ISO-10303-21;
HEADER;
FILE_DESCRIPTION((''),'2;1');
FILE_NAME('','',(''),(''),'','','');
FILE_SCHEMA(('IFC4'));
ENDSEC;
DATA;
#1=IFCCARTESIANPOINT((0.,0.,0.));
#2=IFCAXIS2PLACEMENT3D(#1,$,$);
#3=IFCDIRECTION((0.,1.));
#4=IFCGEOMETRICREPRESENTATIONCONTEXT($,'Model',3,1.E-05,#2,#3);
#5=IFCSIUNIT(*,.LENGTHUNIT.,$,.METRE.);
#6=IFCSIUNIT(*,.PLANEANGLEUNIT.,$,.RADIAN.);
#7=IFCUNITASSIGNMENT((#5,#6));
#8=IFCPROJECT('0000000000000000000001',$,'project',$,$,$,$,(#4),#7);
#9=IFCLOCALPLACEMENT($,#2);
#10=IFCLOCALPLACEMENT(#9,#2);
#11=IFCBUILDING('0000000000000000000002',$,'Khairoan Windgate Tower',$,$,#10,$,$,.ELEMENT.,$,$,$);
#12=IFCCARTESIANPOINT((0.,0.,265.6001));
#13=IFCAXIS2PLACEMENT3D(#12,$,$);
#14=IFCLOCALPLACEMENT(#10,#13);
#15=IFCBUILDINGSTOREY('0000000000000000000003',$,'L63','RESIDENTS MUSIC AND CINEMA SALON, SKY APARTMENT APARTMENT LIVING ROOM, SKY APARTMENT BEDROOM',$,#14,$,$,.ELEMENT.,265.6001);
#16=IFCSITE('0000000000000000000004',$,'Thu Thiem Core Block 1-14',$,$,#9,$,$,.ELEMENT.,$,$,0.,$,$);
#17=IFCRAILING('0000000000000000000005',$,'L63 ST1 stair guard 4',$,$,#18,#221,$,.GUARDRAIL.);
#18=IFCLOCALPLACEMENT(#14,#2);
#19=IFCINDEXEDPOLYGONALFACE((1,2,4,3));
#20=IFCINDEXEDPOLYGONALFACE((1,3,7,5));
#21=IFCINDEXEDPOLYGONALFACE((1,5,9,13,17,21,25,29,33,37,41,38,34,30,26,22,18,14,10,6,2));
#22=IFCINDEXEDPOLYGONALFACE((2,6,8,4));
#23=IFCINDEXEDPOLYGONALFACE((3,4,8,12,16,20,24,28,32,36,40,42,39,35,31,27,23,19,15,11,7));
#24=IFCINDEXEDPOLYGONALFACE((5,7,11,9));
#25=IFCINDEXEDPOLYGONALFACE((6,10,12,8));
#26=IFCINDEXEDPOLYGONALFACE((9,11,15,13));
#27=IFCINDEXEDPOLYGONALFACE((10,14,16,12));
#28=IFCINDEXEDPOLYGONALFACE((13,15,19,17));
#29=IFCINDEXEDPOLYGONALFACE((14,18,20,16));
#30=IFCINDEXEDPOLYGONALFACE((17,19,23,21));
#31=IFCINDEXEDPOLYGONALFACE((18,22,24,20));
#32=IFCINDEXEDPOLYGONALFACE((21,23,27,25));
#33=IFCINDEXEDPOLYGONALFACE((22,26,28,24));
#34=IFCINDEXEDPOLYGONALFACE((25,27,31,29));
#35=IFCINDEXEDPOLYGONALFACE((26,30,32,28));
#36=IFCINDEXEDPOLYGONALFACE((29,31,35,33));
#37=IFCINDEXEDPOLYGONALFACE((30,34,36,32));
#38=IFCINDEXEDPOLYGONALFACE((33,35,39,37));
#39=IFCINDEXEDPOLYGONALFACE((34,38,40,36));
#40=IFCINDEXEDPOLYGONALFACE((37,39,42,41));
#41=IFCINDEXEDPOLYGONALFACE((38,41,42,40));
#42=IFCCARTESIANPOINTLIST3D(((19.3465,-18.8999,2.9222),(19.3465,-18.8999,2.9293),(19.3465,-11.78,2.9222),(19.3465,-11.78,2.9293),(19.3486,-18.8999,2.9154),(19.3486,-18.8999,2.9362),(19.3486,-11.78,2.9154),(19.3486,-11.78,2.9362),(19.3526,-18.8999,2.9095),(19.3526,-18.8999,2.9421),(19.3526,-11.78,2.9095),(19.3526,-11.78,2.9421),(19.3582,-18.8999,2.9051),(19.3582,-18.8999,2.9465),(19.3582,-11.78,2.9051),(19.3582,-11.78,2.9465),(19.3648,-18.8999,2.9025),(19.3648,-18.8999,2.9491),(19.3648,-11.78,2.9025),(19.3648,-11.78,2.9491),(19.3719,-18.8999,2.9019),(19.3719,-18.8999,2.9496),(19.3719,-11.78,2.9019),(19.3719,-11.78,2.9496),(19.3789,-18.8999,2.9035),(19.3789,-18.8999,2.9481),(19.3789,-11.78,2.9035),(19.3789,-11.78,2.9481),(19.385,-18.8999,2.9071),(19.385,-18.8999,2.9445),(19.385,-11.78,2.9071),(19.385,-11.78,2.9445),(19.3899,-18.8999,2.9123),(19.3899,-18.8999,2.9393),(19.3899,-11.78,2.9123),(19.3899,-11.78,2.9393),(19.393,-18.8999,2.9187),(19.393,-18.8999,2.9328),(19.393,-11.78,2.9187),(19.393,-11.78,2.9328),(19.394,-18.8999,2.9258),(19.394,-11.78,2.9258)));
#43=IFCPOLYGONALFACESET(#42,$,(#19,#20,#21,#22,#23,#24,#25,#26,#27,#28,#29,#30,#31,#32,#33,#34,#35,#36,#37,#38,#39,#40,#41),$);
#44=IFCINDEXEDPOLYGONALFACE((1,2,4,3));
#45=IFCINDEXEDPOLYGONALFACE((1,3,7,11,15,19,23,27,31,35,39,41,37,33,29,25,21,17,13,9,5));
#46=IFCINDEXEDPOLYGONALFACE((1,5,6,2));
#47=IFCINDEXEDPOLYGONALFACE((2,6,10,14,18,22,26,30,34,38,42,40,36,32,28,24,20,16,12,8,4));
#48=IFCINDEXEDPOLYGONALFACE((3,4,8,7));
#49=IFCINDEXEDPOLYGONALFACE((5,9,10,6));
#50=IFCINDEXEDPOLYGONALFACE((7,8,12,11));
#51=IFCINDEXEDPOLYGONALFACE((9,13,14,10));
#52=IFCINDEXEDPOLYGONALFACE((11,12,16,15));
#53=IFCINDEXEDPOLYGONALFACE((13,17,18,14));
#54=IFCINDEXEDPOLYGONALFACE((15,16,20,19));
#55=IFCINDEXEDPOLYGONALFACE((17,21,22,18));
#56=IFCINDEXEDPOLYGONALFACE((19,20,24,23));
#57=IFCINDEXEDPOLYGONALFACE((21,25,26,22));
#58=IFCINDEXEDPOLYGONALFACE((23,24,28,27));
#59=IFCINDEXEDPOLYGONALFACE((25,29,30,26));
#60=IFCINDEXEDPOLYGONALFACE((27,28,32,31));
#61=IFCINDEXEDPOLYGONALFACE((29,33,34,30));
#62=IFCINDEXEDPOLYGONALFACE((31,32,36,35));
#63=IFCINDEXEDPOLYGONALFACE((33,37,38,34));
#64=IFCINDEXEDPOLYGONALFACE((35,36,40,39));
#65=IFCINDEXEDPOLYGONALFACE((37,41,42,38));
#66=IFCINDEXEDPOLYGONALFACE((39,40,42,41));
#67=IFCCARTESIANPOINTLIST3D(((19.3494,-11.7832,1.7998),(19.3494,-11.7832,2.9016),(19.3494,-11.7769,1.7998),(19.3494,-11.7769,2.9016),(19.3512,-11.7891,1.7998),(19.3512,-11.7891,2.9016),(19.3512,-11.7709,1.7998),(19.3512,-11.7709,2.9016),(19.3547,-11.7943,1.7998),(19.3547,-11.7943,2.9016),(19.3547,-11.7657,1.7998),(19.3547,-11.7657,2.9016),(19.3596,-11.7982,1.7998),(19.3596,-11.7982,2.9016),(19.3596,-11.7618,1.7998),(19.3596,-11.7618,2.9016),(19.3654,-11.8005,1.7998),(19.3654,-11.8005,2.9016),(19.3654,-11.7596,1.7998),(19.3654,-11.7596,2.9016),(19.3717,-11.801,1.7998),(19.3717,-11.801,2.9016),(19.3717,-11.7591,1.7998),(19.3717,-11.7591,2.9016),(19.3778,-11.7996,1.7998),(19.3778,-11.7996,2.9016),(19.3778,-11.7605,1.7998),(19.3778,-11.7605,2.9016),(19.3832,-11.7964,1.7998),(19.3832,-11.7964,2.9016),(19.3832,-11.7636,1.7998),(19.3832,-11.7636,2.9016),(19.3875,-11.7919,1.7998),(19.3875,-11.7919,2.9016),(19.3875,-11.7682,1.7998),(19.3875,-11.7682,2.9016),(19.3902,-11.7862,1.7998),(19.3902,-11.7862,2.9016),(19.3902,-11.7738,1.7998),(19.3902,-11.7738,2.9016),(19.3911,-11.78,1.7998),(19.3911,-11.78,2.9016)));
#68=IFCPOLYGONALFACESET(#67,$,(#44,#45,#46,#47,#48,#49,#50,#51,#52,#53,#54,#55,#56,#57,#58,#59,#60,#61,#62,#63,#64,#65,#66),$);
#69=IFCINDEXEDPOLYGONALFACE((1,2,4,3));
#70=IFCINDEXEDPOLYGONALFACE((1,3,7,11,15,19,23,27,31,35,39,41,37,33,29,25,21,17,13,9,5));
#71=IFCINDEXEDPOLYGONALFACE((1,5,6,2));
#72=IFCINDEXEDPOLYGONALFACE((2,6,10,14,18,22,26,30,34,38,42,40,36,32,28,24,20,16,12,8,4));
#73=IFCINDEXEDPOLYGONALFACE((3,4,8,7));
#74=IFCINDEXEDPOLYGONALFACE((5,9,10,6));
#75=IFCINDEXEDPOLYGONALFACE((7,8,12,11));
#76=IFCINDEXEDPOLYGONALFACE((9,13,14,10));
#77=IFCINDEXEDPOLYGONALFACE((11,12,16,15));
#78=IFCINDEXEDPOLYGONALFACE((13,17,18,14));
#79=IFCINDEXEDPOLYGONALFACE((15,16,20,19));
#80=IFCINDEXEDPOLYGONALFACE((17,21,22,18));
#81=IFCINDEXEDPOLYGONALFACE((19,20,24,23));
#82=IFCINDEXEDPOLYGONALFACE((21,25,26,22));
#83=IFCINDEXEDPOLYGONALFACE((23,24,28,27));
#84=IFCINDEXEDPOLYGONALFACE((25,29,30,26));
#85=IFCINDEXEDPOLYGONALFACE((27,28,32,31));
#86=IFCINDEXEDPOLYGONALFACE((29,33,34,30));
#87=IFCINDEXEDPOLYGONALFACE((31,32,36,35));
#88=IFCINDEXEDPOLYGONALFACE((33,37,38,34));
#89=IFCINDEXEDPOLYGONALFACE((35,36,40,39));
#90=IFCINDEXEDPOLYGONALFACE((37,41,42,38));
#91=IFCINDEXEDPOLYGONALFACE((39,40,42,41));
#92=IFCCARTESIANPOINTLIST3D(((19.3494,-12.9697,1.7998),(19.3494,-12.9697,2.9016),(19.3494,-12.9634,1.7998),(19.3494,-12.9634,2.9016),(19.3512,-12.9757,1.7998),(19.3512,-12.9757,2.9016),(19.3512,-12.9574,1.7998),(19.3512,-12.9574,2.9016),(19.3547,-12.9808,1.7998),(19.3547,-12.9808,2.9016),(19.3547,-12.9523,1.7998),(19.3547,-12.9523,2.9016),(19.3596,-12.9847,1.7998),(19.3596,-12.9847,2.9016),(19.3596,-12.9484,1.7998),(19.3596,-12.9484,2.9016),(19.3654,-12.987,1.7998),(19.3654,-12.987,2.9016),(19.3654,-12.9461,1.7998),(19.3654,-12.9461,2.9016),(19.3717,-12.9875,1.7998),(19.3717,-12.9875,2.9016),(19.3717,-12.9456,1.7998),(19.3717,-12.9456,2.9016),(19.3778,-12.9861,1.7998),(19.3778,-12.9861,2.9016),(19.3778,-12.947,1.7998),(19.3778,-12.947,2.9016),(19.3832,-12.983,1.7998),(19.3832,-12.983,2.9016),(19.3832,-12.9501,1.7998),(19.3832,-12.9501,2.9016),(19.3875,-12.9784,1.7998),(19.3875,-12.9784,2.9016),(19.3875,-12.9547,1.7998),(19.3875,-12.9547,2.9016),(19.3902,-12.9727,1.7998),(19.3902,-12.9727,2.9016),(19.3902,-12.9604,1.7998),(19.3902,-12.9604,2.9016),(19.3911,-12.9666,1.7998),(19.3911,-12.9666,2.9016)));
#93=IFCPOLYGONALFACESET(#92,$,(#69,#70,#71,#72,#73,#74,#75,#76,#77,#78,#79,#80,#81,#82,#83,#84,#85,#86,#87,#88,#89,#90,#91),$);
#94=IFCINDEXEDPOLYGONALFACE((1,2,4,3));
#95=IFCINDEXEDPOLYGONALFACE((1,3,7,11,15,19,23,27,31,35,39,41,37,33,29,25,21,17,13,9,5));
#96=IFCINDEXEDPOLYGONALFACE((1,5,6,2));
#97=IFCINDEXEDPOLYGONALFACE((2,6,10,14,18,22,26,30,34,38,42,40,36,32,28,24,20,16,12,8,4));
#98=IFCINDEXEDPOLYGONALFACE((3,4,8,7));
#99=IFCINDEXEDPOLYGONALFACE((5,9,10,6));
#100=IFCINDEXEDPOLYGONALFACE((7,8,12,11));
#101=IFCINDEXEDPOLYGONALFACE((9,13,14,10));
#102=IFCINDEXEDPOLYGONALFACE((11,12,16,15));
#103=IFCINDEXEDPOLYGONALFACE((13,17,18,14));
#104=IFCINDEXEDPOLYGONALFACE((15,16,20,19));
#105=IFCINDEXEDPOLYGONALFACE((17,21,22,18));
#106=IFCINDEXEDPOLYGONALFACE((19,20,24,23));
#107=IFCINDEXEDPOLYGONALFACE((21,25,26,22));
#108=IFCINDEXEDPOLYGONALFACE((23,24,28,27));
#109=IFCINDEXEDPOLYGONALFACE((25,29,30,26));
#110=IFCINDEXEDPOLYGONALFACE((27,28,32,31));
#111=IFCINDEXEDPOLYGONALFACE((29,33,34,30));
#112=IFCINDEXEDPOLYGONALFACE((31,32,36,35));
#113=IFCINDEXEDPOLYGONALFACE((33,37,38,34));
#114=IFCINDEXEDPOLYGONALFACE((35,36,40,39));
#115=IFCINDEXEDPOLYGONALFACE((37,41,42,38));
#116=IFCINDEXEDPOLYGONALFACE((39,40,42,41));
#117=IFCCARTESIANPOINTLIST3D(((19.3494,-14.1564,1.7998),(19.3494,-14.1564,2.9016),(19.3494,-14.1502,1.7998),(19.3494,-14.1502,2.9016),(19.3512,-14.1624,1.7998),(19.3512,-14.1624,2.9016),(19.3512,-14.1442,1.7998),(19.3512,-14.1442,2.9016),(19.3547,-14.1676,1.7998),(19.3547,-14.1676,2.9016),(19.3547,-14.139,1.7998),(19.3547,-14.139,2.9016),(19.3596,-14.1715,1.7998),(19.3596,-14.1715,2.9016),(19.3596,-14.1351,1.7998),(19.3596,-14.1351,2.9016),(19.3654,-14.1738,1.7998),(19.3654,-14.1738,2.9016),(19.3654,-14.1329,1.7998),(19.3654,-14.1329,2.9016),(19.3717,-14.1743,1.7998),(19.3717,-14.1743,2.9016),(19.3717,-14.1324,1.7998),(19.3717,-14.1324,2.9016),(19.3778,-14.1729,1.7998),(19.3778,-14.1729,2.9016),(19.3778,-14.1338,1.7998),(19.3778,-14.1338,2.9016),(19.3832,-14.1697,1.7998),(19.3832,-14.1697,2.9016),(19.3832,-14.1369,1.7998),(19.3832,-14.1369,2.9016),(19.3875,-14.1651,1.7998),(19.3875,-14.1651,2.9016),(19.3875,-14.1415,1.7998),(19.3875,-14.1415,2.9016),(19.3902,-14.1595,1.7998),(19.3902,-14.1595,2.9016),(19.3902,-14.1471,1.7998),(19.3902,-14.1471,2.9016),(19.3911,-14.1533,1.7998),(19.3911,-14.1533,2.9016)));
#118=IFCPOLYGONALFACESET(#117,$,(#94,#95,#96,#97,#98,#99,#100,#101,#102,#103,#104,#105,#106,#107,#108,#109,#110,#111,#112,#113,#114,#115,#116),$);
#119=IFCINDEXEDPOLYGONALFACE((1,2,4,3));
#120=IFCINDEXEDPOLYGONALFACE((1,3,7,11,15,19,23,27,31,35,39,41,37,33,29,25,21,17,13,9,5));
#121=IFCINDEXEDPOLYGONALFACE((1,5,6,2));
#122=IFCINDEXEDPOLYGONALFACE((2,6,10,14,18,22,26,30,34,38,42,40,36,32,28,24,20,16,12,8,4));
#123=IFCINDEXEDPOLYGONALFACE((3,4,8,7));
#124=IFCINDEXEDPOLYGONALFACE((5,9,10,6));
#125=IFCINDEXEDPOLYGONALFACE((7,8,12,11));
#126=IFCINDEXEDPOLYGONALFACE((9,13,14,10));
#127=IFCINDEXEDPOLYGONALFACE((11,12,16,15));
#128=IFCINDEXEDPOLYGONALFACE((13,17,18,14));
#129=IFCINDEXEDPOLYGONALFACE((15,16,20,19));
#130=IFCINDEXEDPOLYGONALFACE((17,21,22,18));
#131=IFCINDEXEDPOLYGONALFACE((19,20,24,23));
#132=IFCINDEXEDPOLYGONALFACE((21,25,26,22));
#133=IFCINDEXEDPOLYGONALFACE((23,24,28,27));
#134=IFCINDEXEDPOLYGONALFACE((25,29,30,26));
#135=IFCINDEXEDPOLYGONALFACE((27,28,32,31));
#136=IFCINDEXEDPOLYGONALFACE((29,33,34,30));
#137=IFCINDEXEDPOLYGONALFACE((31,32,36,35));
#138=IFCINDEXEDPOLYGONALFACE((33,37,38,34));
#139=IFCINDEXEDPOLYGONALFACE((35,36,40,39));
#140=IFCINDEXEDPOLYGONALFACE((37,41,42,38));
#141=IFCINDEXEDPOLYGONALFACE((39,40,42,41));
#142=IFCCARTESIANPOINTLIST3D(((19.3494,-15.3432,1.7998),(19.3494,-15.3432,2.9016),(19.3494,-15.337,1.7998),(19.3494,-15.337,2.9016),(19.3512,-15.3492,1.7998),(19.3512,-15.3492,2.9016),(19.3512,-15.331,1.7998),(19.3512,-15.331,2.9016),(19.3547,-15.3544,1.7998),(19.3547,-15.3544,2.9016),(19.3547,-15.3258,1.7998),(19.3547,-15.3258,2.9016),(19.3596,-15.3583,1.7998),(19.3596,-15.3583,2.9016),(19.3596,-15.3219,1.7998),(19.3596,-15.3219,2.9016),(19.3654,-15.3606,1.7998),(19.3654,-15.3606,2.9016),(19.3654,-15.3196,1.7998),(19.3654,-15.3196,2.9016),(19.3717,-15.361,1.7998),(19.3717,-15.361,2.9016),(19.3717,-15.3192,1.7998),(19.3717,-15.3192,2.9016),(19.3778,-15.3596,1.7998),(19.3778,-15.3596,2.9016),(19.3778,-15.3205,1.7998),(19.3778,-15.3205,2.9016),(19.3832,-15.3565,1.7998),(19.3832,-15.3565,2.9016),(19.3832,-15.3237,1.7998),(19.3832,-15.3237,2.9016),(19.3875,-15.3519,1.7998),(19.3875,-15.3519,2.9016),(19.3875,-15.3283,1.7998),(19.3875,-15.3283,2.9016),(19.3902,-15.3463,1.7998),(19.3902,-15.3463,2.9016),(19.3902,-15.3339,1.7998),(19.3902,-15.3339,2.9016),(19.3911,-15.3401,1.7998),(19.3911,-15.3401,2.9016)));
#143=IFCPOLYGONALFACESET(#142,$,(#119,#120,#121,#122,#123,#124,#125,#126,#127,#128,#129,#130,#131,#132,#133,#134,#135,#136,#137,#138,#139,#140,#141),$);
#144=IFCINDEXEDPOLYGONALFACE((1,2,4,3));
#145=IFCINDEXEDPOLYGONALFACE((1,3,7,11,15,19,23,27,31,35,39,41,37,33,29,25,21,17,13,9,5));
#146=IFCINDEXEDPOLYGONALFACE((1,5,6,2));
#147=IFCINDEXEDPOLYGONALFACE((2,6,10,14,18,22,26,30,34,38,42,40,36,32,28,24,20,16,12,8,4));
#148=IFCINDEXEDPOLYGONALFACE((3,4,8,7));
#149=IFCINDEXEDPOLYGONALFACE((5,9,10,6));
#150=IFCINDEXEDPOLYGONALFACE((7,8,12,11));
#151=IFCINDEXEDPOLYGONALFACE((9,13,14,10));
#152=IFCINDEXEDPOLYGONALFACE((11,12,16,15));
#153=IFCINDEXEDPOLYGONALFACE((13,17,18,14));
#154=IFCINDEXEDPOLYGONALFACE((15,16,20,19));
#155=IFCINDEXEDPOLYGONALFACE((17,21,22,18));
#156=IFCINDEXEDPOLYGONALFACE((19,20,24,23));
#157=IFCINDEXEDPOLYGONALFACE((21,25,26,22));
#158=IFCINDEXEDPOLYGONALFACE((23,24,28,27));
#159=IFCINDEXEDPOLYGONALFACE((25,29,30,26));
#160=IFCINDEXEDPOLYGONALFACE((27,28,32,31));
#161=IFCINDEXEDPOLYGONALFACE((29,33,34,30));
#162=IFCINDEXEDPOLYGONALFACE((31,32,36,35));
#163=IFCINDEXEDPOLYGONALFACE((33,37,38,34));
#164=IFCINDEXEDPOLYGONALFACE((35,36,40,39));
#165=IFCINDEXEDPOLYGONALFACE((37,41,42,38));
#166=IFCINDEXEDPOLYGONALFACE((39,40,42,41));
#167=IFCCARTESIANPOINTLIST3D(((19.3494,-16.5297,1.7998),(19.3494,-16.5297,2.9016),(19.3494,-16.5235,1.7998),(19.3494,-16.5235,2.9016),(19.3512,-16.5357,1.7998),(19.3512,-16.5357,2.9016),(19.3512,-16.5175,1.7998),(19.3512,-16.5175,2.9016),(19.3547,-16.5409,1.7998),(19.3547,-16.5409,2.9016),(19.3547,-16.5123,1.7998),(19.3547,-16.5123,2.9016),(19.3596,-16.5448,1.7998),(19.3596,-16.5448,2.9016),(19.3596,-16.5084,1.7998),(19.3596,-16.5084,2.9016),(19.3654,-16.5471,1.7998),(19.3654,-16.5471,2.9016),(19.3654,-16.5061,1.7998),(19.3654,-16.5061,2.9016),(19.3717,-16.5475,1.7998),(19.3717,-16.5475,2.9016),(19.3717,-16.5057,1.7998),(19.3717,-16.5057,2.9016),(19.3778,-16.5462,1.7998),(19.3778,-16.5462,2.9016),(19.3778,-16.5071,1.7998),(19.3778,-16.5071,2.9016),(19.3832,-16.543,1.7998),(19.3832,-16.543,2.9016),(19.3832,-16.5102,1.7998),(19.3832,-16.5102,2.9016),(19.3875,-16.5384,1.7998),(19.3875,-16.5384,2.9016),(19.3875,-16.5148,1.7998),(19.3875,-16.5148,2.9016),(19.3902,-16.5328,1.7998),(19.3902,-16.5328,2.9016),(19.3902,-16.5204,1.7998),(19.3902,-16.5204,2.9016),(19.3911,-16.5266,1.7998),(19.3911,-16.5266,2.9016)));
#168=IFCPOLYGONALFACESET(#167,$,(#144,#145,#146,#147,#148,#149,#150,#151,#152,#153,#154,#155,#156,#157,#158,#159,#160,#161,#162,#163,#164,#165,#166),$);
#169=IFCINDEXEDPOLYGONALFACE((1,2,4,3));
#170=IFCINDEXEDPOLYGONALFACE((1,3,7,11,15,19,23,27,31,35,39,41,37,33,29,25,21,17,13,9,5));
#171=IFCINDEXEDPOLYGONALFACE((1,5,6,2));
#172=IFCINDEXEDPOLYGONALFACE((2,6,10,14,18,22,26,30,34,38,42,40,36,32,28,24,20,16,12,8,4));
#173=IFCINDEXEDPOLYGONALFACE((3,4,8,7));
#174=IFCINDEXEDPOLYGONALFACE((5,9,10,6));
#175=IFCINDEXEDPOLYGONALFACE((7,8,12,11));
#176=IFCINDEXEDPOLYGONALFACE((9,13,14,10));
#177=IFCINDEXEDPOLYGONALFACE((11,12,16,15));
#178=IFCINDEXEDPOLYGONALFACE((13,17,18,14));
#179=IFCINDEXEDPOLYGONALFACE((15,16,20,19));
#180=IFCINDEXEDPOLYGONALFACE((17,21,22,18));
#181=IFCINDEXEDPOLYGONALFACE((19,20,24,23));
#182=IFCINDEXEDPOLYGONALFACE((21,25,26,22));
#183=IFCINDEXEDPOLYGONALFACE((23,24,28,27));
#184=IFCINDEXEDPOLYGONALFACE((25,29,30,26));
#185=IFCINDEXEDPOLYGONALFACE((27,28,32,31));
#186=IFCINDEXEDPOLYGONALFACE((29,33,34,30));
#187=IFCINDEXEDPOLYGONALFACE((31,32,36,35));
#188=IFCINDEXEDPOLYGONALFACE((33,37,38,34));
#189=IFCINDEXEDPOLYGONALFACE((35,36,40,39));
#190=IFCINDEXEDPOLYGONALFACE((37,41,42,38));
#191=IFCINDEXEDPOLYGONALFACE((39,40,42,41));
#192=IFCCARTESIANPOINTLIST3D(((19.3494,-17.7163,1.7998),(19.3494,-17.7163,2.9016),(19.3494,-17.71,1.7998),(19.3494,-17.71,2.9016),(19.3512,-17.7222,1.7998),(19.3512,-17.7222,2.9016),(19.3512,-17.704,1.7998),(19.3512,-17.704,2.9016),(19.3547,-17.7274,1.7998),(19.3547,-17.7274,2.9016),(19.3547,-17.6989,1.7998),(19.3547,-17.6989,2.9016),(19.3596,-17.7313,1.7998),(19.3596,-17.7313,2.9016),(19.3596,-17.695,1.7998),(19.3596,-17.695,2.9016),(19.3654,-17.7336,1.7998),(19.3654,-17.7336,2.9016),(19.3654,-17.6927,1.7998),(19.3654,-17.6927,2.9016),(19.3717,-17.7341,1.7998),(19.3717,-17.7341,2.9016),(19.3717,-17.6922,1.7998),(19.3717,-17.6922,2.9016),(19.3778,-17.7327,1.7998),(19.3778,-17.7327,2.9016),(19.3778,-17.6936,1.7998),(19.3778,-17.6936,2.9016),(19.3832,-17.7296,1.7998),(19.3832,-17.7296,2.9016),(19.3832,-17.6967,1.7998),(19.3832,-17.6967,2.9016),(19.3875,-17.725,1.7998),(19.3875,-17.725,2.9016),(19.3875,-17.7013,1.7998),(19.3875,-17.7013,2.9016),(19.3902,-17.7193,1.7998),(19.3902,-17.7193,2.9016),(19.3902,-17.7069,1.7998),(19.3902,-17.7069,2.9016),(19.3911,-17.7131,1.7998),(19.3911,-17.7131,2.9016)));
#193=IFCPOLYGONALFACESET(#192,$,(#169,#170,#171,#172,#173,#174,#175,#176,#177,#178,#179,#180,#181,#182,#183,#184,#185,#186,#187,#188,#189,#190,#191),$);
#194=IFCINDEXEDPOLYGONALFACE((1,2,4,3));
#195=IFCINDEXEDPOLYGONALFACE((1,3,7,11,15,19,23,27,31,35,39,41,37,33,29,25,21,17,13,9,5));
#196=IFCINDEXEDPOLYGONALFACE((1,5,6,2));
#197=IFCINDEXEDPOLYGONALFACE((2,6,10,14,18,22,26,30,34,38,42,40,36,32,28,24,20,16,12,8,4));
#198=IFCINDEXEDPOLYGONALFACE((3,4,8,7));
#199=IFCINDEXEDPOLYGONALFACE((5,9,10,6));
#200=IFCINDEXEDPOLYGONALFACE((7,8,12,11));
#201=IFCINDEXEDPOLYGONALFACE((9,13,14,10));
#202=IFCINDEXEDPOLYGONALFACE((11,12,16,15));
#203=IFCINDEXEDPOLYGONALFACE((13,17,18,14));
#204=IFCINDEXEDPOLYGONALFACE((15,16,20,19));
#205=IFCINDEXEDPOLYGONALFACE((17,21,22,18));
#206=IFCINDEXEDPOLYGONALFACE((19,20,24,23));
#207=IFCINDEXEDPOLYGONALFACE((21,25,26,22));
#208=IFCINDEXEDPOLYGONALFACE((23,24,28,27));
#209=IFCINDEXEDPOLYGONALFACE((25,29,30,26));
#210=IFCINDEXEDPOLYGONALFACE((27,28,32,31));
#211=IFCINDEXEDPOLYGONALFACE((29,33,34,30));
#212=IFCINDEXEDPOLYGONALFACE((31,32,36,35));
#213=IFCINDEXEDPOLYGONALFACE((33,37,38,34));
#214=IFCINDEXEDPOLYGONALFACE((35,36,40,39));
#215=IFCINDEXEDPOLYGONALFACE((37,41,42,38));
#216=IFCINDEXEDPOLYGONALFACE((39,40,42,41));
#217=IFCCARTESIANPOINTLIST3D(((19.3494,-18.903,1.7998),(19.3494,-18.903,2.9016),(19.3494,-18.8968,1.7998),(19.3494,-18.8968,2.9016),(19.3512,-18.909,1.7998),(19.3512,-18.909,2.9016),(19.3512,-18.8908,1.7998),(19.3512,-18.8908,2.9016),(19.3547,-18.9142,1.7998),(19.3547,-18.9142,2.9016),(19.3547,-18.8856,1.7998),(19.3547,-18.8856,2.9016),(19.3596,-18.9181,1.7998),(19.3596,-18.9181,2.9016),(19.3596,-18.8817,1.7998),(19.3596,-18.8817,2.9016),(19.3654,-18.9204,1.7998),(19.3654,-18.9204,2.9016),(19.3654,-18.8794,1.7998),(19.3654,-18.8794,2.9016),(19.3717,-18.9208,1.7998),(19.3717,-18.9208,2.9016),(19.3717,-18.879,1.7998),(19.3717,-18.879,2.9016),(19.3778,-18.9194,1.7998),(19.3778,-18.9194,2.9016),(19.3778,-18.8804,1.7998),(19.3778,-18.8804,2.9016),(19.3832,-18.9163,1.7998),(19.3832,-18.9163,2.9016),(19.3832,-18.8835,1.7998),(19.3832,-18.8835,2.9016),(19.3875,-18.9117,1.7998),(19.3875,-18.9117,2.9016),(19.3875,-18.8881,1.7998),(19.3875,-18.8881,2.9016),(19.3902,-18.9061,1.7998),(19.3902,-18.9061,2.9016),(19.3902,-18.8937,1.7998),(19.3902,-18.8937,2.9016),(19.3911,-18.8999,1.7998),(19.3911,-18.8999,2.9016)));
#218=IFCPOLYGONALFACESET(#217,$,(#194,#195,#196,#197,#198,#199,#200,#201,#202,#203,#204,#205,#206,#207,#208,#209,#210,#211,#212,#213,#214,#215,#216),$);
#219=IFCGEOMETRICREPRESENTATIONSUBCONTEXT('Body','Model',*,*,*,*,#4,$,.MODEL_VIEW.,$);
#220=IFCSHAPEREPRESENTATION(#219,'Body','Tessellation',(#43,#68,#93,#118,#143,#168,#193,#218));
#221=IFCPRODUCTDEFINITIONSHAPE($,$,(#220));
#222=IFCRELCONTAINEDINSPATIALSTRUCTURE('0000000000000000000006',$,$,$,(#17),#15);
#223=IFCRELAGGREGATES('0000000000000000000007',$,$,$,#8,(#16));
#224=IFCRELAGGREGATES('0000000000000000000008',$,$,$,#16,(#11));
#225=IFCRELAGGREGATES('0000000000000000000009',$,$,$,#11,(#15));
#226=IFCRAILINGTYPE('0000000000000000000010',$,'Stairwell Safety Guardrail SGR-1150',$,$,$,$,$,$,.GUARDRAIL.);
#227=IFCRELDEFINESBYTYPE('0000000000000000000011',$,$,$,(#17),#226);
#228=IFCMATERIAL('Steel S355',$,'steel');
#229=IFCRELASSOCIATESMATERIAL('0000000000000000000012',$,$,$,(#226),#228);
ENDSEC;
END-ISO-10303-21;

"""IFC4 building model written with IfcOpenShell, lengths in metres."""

from ifc_helpers import new_model, si_unit, direction, frame, origin, origin_2d, place, context, subcontext, project, spatial, circle, extrude, material, type_object, element, save


model = new_model("IFC4")

# Units and contexts
model_context = context("Model", 3, precision=1e-05, world=origin(), true_north=direction((0.0, 1.0)))
body_context = subcontext(model_context, "Body", "Model", "MODEL_VIEW")
ifc_project = project(units=[si_unit("LENGTHUNIT", "METRE"), si_unit("PLANEANGLEUNIT", "RADIAN")], contexts=[model_context])

# Site, building, storey
site_placement = place(None, origin())
site = spatial("IfcSite", under=ifc_project, at=site_placement, Name="Thu Thiem Core Block 1-14", CompositionType="ELEMENT", RefElevation=0.0)
building_placement = place(site_placement, origin())
building = spatial("IfcBuilding", under=site, at=building_placement, Name="Khairoan Windgate Tower", CompositionType="ELEMENT")
storey_placement = place(building_placement, frame((0.0, 0.0, 265.6001)))
storey = spatial("IfcBuildingStorey", under=building, at=storey_placement, Name="L63", Description="RESIDENTS MUSIC AND CINEMA SALON, SKY APARTMENT APARTMENT LIVING ROOM, SKY APARTMENT BEDROOM", CompositionType="ELEMENT", Elevation=265.6001)

# Railing
ifc_material_1 = material(Name="Steel S355", Category="steel")
railing_type_1 = type_object("IfcRailingType", Name="Stairwell Safety Guardrail SGR-1150", PredefinedType="GUARDRAIL", material=ifc_material_1)
railing_1_placement = place(storey_placement, frame((19.3701, -11.78, 1.7998)))
element("IfcRailing", 1, at=railing_1_placement, inside=storey, type_object=railing_type_1, Name="L63 ST1 stair guard 4", PredefinedType="GUARDRAIL", context=body_context, shape_type="SweptSolid", body=[
    extrude(circle(Radius=0.0239, at=origin_2d()), frame((0.0, 0.0, 1.126), z_axis=(0.0, -1.0, 0.0), x_axis=(1.0, 0.0, 0.0)), (0.0, 0.0, 1.0), 7.1199),
    extrude(circle(Radius=0.021, at=origin_2d()), origin(), (0.0, 0.0, 1.0), 1.1018),
    extrude(circle(Radius=0.021, at=origin_2d()), frame((0.0, -1.1865, 0.0)), (0.0, 0.0, 1.0), 1.1018),
    extrude(circle(Radius=0.021, at=origin_2d()), frame((0.0, -2.3733, 0.0)), (0.0, 0.0, 1.0), 1.1018),
    extrude(circle(Radius=0.021, at=origin_2d()), frame((0.0, -3.5601, 0.0)), (0.0, 0.0, 1.0), 1.1018),
    extrude(circle(Radius=0.021, at=origin_2d()), frame((0.0, -4.7466, 0.0)), (0.0, 0.0, 1.0), 1.1018),
    extrude(circle(Radius=0.021, at=origin_2d()), frame((0.0, -5.9331, 0.0)), (0.0, 0.0, 1.0), 1.1018),
    extrude(circle(Radius=0.021, at=origin_2d()), frame((0.0, -7.1199, 0.0)), (0.0, 0.0, 1.0), 1.1018),
])

save(model, "model.ifc")
